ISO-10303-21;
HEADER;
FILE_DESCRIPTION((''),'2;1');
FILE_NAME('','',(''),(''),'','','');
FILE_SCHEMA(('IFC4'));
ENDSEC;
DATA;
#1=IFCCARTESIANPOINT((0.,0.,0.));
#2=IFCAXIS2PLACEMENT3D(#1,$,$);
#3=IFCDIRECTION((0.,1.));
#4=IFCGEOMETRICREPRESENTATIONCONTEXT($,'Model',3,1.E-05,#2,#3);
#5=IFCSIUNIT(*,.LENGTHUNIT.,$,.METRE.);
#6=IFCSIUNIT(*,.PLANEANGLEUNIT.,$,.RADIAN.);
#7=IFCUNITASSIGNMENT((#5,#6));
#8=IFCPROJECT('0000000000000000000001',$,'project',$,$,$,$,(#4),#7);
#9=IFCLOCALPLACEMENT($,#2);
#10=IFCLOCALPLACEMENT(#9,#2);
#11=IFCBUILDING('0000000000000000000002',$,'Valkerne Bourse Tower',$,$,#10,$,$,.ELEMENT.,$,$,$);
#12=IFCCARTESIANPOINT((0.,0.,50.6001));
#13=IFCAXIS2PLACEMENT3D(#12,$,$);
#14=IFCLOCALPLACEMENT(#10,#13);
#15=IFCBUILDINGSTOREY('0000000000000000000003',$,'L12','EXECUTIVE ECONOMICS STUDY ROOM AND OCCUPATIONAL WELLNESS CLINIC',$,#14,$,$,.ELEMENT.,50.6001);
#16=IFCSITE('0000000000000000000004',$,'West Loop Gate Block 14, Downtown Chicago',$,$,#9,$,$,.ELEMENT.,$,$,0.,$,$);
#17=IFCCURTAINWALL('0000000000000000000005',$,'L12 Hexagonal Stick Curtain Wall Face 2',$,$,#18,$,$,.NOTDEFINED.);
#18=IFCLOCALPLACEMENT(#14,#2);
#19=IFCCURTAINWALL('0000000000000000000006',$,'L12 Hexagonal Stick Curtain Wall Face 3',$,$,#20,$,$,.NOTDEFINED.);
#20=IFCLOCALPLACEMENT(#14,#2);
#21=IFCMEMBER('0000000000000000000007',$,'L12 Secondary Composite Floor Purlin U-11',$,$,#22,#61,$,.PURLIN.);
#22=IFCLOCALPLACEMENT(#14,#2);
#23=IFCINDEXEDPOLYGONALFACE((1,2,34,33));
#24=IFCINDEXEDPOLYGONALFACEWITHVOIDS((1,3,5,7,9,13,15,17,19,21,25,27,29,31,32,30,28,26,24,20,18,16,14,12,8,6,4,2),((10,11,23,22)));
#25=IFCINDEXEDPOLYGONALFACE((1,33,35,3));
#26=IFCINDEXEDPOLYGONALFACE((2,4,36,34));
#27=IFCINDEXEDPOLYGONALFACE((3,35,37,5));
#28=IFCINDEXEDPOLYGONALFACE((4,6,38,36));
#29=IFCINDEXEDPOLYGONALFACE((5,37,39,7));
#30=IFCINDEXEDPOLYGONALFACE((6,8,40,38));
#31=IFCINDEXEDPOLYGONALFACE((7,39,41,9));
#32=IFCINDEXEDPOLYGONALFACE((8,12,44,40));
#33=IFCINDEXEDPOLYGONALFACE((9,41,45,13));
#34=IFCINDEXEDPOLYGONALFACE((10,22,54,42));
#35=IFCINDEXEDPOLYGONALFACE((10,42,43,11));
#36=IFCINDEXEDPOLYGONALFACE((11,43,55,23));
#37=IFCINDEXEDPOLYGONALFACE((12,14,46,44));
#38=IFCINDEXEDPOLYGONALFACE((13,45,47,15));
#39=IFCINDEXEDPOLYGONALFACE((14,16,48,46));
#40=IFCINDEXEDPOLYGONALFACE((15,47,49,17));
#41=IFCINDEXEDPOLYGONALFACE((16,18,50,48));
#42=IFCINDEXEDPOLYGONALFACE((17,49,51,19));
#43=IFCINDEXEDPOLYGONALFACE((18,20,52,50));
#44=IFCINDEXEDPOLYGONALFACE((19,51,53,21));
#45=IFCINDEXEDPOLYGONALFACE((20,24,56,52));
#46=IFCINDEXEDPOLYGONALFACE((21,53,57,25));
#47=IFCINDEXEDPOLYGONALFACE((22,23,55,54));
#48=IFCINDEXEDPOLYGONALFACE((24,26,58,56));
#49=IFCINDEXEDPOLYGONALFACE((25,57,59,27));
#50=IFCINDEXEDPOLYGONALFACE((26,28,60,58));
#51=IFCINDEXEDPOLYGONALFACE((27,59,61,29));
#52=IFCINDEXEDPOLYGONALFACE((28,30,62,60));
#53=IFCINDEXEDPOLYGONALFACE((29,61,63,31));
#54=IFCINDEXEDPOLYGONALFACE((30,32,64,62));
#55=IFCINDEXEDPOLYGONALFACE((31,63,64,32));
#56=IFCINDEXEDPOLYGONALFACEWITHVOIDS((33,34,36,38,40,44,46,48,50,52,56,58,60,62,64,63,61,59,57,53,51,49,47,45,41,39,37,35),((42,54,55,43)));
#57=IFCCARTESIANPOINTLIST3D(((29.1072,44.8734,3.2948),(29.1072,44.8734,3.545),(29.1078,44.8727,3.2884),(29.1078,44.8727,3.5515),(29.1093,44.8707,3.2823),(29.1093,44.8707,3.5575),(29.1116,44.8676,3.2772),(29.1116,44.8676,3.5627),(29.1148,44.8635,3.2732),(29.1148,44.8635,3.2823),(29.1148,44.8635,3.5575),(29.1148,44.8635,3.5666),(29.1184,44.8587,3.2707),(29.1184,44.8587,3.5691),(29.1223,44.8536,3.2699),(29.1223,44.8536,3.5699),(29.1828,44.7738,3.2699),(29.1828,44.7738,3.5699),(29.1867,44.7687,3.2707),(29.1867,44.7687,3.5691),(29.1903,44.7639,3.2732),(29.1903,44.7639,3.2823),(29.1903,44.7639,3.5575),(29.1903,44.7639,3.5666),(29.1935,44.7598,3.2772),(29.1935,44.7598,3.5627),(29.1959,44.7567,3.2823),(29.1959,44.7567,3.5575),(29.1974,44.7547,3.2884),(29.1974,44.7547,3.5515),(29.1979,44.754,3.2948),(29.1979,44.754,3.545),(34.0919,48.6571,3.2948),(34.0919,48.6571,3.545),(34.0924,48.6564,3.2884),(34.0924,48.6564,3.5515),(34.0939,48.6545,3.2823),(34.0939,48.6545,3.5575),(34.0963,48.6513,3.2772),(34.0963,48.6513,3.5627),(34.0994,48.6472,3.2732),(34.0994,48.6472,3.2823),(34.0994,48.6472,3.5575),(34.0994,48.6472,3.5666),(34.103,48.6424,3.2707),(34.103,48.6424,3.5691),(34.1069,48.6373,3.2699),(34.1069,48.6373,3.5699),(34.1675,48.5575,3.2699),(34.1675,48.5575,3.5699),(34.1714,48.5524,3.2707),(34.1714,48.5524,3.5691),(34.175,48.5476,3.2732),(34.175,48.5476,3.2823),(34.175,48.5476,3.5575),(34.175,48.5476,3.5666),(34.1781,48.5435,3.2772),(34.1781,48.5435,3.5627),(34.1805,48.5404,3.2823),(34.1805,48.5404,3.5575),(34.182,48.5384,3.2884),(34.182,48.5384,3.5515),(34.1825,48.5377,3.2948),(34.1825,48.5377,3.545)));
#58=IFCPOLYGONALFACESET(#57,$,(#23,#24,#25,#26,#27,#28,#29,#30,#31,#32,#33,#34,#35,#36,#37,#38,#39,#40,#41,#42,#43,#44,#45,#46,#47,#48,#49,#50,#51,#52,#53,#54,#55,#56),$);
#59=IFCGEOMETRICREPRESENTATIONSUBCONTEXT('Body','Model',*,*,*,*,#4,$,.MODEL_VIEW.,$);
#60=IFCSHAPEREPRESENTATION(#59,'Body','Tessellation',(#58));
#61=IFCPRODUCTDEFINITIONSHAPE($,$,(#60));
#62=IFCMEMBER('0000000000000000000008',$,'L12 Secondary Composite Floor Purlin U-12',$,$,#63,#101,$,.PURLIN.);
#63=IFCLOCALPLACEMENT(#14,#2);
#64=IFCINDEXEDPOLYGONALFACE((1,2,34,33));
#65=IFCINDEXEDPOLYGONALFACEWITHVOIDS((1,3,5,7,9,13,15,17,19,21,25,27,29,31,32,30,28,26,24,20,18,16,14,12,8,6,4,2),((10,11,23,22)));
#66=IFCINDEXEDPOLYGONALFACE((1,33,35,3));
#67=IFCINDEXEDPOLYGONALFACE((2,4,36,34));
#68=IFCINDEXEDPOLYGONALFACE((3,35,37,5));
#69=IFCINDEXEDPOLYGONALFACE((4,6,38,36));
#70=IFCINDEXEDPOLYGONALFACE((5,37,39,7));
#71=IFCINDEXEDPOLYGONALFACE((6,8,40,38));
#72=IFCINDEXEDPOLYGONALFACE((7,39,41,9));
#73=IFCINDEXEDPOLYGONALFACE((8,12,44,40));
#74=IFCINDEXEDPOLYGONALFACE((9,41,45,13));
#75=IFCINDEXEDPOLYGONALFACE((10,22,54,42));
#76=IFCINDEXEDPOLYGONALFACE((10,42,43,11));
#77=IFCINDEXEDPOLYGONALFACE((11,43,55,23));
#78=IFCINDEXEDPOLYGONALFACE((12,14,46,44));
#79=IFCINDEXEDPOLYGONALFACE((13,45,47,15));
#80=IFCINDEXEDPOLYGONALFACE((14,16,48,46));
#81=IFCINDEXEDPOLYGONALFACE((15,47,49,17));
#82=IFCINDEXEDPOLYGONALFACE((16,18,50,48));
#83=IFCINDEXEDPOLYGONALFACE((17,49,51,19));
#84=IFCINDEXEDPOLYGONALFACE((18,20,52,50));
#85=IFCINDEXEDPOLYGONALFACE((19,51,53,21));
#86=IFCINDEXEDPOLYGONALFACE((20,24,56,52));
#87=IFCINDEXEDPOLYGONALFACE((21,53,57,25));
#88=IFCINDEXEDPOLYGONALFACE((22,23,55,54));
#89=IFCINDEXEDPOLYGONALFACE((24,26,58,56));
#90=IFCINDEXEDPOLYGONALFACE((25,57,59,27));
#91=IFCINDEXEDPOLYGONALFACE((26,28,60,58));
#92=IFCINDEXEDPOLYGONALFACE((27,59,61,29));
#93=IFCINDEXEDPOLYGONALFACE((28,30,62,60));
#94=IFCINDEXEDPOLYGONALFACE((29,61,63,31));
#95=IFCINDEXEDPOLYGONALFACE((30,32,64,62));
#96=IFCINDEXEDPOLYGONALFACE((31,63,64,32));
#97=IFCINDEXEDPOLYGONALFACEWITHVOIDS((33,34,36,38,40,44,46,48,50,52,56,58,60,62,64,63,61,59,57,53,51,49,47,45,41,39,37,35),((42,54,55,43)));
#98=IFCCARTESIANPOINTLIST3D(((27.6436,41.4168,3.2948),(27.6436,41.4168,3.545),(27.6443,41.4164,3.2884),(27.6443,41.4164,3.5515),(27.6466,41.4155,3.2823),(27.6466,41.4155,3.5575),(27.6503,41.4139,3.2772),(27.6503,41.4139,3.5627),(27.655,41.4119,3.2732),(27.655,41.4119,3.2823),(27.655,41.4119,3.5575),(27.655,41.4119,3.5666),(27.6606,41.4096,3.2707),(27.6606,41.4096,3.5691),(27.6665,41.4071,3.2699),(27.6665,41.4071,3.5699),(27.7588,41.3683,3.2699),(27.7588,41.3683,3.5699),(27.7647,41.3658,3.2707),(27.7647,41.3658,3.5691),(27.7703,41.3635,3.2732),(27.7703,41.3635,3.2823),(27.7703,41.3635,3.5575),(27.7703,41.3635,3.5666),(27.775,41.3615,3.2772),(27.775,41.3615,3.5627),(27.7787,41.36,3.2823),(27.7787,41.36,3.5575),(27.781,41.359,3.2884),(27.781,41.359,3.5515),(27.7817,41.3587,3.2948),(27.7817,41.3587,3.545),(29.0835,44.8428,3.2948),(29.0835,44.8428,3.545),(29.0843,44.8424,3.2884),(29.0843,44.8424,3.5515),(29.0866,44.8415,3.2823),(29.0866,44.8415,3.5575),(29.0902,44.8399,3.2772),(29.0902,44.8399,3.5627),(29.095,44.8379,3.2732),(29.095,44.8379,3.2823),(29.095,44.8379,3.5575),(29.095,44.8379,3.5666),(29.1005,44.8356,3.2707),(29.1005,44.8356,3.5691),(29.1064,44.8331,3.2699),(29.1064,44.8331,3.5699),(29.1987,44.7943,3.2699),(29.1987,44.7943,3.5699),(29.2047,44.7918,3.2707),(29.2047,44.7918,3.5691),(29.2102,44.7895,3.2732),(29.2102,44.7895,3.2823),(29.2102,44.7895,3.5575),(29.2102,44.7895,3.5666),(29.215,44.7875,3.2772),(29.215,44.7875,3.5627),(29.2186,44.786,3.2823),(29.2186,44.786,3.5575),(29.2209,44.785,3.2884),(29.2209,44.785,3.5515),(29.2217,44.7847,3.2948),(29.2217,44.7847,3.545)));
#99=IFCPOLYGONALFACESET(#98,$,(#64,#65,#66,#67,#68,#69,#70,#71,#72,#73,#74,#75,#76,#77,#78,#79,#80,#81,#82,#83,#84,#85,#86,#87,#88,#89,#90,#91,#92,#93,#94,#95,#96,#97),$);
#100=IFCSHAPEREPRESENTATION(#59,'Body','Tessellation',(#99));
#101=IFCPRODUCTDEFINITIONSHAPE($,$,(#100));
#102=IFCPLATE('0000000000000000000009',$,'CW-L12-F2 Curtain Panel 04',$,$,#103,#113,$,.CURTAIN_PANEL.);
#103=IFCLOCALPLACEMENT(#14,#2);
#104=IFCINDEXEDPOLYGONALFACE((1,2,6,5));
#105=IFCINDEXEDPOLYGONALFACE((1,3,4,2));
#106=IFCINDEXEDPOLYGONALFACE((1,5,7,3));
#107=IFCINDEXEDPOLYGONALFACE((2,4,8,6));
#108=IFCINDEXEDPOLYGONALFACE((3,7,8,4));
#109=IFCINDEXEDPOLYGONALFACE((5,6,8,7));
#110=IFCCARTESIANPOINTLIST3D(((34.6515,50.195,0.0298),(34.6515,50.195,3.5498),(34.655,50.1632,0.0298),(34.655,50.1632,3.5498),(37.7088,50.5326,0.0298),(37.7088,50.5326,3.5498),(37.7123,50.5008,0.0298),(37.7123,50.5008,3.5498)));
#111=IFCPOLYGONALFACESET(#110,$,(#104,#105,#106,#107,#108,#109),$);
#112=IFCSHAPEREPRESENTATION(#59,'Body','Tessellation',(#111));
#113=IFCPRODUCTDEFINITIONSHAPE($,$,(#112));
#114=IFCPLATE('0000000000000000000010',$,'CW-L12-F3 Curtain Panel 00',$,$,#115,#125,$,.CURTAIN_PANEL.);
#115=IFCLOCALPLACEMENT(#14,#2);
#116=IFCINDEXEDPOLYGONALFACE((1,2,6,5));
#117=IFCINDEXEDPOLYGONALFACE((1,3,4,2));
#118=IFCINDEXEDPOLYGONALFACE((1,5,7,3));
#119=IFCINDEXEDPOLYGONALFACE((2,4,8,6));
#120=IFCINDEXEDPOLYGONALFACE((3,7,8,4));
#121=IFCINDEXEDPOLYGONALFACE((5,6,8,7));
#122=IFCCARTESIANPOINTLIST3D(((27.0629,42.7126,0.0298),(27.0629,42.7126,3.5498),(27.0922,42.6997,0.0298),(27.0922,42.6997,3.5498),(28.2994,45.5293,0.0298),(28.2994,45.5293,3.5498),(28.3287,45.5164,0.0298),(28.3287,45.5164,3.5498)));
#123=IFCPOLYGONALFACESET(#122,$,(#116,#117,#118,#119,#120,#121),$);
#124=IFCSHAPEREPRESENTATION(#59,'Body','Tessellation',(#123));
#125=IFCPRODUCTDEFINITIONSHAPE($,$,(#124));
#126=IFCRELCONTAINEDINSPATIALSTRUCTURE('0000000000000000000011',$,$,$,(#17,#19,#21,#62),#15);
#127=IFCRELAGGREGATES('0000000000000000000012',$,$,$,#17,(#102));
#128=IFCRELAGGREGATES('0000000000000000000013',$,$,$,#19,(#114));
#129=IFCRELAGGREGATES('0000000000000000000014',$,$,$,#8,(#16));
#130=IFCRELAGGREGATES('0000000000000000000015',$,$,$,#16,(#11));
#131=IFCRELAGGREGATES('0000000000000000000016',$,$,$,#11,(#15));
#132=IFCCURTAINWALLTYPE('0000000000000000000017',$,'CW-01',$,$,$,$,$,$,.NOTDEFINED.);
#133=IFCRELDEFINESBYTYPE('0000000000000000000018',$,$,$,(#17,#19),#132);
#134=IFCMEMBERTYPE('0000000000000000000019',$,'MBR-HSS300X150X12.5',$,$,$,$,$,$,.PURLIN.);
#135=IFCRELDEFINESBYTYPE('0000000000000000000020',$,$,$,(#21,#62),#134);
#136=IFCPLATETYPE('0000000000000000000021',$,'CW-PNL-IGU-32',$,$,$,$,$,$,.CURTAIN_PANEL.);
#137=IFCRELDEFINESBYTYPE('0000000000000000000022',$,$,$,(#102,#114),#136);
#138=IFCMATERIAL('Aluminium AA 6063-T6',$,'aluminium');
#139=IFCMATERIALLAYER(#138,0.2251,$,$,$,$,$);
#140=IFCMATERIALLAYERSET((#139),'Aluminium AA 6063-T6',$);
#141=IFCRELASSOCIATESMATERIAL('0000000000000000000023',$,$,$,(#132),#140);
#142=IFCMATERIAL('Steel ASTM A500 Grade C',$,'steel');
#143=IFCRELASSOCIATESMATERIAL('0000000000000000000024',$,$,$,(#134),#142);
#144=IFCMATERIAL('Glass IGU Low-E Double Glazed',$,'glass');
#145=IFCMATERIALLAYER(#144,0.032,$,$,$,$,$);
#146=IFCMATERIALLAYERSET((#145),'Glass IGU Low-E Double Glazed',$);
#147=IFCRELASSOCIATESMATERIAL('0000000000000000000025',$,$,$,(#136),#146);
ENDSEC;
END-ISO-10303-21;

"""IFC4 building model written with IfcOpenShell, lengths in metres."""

from ifc_helpers import new_model, si_unit, direction, frame, origin, origin_2d, place, context, subcontext, project, spatial, rectangle, hollow_rectangle, extrude, material, layer, layer_set, material_profile, profile_set, type_object, element, aggregate, save


model = new_model("IFC4")

# Units and contexts
model_context = context("Model", 3, precision=1e-05, world=origin(), true_north=direction((0.0, 1.0)))
body_context = subcontext(model_context, "Body", "Model", "MODEL_VIEW")
ifc_project = project(units=[si_unit("LENGTHUNIT", "METRE"), si_unit("PLANEANGLEUNIT", "RADIAN")], contexts=[model_context])

# Site, building, storey
site_placement = place(None, origin())
site = spatial("IfcSite", under=ifc_project, at=site_placement, Name="West Loop Gate Block 14, Downtown Chicago", CompositionType="ELEMENT", RefElevation=0.0)
building_placement = place(site_placement, origin())
building = spatial("IfcBuilding", under=site, at=building_placement, Name="Valkerne Bourse Tower", CompositionType="ELEMENT")
storey_placement = place(building_placement, frame((0.0, 0.0, 50.6001)))
storey = spatial("IfcBuildingStorey", under=building, at=storey_placement, Name="L12", Description="EXECUTIVE ECONOMICS STUDY ROOM AND OCCUPATIONAL WELLNESS CLINIC", CompositionType="ELEMENT", Elevation=50.6001)

# Curtain wall
ifc_material_1 = material(Name="Aluminium AA 6063-T6", Category="aluminium")
ifc_layer_1 = layer(ifc_material_1, 0.2251)
ifc_layer_set_1 = layer_set([ifc_layer_1], Name="Aluminium AA 6063-T6")
curtain_wall_type = type_object("IfcCurtainWallType", Name="CW-01", PredefinedType="NOTDEFINED", material=ifc_layer_set_1)
curtain_wall_1_placement = place(storey_placement, origin())
curtain_wall_1 = element("IfcCurtainWall", 1, at=curtain_wall_1_placement, inside=storey, type_object=curtain_wall_type, Name="L12 Hexagonal Stick Curtain Wall Face 2", PredefinedType="NOTDEFINED")

# Curtain wall
curtain_wall_2_placement = place(storey_placement, origin())
curtain_wall_2 = element("IfcCurtainWall", 2, at=curtain_wall_2_placement, inside=storey, type_object=curtain_wall_type, Name="L12 Hexagonal Stick Curtain Wall Face 3", PredefinedType="NOTDEFINED")

# Members
ifc_material_2 = material(Name="Steel ASTM A500 Grade C", Category="steel")
ifc_material_profile_1 = material_profile(ifc_material_2, hollow_rectangle(XDim=0.1499, YDim=0.3, WallThickness=0.0125, OuterFilletRadius=0.0249, at=origin_2d()), Name="HSS300X150X12.5")
ifc_profile_set_1 = profile_set([ifc_material_profile_1], Name="Steel ASTM A500 Grade C")
member_type_1 = type_object("IfcMemberType", Name="MBR-HSS300X150X12.5", PredefinedType="PURLIN", material=ifc_profile_set_1)
member_1_placement = place(storey_placement, frame((34.1372, 48.5974, 3.4199), z_axis=(-0.796518, -0.604615, 0.0), x_axis=(0.604615, -0.796518, 0.0)))
element("IfcMember", 3, at=member_1_placement, inside=storey, type_object=member_type_1, Name="L12 Secondary Composite Floor Purlin U-11", PredefinedType="PURLIN", context=body_context, shape_type="SweptSolid", body=[
    extrude(hollow_rectangle(XDim=0.1499, YDim=0.3, WallThickness=0.0125, OuterFilletRadius=0.0249, at=origin_2d()), origin(), (0.0, 0.0, 1.0), 6.2581),
])
member_2_placement = place(storey_placement, frame((29.1526, 44.8137, 3.4199), z_axis=(-0.387464, -0.921885, 0.0), x_axis=(0.921885, -0.387464, 0.0)))
element("IfcMember", 4, at=member_2_placement, inside=storey, type_object=member_type_1, Name="L12 Secondary Composite Floor Purlin U-12", PredefinedType="PURLIN", context=body_context, shape_type="SweptSolid", body=[
    extrude(hollow_rectangle(XDim=0.1499, YDim=0.3, WallThickness=0.0125, OuterFilletRadius=0.0249, at=origin_2d()), origin(), (0.0, 0.0, 1.0), 3.7163),
])

# Plates
ifc_material_3 = material(Name="Glass IGU Low-E Double Glazed", Category="glass")
ifc_layer_2 = layer(ifc_material_3, 0.032)
ifc_layer_set_2 = layer_set([ifc_layer_2], Name="Glass IGU Low-E Double Glazed")
plate_type = type_object("IfcPlateType", Name="CW-PNL-IGU-32", PredefinedType="CURTAIN_PANEL", material=ifc_layer_set_2)
plate_1_placement = place(storey_placement, frame((36.1819, 50.3479, 0.0298), z_axis=(0.0, 0.0, 1.0), x_axis=(-0.993961, -0.109737, 0.0)))
plate_1 = element("IfcPlate", 5, at=plate_1_placement, type_object=plate_type, Name="CW-L12-F2 Curtain Panel 04", PredefinedType="CURTAIN_PANEL", context=body_context, shape_type="SweptSolid", body=[
    extrude(rectangle(XDim=3.0759, YDim=0.032, at=origin_2d()), origin(), (0.0, 0.0, 1.0), 3.52),
])
aggregate(curtain_wall_1, [plate_1])
plate_2_placement = place(storey_placement, frame((27.6958, 44.1145, 0.0298), z_axis=(0.0, 0.0, 1.0), x_axis=(-0.40195, -0.915662, 0.0)))
plate_2 = element("IfcPlate", 6, at=plate_2_placement, type_object=plate_type, Name="CW-L12-F3 Curtain Panel 00", PredefinedType="CURTAIN_PANEL", context=body_context, shape_type="SweptSolid", body=[
    extrude(rectangle(XDim=3.0762, YDim=0.032, at=origin_2d()), origin(), (0.0, 0.0, 1.0), 3.52),
])
aggregate(curtain_wall_2, [plate_2])

save(model, "model.ifc")
